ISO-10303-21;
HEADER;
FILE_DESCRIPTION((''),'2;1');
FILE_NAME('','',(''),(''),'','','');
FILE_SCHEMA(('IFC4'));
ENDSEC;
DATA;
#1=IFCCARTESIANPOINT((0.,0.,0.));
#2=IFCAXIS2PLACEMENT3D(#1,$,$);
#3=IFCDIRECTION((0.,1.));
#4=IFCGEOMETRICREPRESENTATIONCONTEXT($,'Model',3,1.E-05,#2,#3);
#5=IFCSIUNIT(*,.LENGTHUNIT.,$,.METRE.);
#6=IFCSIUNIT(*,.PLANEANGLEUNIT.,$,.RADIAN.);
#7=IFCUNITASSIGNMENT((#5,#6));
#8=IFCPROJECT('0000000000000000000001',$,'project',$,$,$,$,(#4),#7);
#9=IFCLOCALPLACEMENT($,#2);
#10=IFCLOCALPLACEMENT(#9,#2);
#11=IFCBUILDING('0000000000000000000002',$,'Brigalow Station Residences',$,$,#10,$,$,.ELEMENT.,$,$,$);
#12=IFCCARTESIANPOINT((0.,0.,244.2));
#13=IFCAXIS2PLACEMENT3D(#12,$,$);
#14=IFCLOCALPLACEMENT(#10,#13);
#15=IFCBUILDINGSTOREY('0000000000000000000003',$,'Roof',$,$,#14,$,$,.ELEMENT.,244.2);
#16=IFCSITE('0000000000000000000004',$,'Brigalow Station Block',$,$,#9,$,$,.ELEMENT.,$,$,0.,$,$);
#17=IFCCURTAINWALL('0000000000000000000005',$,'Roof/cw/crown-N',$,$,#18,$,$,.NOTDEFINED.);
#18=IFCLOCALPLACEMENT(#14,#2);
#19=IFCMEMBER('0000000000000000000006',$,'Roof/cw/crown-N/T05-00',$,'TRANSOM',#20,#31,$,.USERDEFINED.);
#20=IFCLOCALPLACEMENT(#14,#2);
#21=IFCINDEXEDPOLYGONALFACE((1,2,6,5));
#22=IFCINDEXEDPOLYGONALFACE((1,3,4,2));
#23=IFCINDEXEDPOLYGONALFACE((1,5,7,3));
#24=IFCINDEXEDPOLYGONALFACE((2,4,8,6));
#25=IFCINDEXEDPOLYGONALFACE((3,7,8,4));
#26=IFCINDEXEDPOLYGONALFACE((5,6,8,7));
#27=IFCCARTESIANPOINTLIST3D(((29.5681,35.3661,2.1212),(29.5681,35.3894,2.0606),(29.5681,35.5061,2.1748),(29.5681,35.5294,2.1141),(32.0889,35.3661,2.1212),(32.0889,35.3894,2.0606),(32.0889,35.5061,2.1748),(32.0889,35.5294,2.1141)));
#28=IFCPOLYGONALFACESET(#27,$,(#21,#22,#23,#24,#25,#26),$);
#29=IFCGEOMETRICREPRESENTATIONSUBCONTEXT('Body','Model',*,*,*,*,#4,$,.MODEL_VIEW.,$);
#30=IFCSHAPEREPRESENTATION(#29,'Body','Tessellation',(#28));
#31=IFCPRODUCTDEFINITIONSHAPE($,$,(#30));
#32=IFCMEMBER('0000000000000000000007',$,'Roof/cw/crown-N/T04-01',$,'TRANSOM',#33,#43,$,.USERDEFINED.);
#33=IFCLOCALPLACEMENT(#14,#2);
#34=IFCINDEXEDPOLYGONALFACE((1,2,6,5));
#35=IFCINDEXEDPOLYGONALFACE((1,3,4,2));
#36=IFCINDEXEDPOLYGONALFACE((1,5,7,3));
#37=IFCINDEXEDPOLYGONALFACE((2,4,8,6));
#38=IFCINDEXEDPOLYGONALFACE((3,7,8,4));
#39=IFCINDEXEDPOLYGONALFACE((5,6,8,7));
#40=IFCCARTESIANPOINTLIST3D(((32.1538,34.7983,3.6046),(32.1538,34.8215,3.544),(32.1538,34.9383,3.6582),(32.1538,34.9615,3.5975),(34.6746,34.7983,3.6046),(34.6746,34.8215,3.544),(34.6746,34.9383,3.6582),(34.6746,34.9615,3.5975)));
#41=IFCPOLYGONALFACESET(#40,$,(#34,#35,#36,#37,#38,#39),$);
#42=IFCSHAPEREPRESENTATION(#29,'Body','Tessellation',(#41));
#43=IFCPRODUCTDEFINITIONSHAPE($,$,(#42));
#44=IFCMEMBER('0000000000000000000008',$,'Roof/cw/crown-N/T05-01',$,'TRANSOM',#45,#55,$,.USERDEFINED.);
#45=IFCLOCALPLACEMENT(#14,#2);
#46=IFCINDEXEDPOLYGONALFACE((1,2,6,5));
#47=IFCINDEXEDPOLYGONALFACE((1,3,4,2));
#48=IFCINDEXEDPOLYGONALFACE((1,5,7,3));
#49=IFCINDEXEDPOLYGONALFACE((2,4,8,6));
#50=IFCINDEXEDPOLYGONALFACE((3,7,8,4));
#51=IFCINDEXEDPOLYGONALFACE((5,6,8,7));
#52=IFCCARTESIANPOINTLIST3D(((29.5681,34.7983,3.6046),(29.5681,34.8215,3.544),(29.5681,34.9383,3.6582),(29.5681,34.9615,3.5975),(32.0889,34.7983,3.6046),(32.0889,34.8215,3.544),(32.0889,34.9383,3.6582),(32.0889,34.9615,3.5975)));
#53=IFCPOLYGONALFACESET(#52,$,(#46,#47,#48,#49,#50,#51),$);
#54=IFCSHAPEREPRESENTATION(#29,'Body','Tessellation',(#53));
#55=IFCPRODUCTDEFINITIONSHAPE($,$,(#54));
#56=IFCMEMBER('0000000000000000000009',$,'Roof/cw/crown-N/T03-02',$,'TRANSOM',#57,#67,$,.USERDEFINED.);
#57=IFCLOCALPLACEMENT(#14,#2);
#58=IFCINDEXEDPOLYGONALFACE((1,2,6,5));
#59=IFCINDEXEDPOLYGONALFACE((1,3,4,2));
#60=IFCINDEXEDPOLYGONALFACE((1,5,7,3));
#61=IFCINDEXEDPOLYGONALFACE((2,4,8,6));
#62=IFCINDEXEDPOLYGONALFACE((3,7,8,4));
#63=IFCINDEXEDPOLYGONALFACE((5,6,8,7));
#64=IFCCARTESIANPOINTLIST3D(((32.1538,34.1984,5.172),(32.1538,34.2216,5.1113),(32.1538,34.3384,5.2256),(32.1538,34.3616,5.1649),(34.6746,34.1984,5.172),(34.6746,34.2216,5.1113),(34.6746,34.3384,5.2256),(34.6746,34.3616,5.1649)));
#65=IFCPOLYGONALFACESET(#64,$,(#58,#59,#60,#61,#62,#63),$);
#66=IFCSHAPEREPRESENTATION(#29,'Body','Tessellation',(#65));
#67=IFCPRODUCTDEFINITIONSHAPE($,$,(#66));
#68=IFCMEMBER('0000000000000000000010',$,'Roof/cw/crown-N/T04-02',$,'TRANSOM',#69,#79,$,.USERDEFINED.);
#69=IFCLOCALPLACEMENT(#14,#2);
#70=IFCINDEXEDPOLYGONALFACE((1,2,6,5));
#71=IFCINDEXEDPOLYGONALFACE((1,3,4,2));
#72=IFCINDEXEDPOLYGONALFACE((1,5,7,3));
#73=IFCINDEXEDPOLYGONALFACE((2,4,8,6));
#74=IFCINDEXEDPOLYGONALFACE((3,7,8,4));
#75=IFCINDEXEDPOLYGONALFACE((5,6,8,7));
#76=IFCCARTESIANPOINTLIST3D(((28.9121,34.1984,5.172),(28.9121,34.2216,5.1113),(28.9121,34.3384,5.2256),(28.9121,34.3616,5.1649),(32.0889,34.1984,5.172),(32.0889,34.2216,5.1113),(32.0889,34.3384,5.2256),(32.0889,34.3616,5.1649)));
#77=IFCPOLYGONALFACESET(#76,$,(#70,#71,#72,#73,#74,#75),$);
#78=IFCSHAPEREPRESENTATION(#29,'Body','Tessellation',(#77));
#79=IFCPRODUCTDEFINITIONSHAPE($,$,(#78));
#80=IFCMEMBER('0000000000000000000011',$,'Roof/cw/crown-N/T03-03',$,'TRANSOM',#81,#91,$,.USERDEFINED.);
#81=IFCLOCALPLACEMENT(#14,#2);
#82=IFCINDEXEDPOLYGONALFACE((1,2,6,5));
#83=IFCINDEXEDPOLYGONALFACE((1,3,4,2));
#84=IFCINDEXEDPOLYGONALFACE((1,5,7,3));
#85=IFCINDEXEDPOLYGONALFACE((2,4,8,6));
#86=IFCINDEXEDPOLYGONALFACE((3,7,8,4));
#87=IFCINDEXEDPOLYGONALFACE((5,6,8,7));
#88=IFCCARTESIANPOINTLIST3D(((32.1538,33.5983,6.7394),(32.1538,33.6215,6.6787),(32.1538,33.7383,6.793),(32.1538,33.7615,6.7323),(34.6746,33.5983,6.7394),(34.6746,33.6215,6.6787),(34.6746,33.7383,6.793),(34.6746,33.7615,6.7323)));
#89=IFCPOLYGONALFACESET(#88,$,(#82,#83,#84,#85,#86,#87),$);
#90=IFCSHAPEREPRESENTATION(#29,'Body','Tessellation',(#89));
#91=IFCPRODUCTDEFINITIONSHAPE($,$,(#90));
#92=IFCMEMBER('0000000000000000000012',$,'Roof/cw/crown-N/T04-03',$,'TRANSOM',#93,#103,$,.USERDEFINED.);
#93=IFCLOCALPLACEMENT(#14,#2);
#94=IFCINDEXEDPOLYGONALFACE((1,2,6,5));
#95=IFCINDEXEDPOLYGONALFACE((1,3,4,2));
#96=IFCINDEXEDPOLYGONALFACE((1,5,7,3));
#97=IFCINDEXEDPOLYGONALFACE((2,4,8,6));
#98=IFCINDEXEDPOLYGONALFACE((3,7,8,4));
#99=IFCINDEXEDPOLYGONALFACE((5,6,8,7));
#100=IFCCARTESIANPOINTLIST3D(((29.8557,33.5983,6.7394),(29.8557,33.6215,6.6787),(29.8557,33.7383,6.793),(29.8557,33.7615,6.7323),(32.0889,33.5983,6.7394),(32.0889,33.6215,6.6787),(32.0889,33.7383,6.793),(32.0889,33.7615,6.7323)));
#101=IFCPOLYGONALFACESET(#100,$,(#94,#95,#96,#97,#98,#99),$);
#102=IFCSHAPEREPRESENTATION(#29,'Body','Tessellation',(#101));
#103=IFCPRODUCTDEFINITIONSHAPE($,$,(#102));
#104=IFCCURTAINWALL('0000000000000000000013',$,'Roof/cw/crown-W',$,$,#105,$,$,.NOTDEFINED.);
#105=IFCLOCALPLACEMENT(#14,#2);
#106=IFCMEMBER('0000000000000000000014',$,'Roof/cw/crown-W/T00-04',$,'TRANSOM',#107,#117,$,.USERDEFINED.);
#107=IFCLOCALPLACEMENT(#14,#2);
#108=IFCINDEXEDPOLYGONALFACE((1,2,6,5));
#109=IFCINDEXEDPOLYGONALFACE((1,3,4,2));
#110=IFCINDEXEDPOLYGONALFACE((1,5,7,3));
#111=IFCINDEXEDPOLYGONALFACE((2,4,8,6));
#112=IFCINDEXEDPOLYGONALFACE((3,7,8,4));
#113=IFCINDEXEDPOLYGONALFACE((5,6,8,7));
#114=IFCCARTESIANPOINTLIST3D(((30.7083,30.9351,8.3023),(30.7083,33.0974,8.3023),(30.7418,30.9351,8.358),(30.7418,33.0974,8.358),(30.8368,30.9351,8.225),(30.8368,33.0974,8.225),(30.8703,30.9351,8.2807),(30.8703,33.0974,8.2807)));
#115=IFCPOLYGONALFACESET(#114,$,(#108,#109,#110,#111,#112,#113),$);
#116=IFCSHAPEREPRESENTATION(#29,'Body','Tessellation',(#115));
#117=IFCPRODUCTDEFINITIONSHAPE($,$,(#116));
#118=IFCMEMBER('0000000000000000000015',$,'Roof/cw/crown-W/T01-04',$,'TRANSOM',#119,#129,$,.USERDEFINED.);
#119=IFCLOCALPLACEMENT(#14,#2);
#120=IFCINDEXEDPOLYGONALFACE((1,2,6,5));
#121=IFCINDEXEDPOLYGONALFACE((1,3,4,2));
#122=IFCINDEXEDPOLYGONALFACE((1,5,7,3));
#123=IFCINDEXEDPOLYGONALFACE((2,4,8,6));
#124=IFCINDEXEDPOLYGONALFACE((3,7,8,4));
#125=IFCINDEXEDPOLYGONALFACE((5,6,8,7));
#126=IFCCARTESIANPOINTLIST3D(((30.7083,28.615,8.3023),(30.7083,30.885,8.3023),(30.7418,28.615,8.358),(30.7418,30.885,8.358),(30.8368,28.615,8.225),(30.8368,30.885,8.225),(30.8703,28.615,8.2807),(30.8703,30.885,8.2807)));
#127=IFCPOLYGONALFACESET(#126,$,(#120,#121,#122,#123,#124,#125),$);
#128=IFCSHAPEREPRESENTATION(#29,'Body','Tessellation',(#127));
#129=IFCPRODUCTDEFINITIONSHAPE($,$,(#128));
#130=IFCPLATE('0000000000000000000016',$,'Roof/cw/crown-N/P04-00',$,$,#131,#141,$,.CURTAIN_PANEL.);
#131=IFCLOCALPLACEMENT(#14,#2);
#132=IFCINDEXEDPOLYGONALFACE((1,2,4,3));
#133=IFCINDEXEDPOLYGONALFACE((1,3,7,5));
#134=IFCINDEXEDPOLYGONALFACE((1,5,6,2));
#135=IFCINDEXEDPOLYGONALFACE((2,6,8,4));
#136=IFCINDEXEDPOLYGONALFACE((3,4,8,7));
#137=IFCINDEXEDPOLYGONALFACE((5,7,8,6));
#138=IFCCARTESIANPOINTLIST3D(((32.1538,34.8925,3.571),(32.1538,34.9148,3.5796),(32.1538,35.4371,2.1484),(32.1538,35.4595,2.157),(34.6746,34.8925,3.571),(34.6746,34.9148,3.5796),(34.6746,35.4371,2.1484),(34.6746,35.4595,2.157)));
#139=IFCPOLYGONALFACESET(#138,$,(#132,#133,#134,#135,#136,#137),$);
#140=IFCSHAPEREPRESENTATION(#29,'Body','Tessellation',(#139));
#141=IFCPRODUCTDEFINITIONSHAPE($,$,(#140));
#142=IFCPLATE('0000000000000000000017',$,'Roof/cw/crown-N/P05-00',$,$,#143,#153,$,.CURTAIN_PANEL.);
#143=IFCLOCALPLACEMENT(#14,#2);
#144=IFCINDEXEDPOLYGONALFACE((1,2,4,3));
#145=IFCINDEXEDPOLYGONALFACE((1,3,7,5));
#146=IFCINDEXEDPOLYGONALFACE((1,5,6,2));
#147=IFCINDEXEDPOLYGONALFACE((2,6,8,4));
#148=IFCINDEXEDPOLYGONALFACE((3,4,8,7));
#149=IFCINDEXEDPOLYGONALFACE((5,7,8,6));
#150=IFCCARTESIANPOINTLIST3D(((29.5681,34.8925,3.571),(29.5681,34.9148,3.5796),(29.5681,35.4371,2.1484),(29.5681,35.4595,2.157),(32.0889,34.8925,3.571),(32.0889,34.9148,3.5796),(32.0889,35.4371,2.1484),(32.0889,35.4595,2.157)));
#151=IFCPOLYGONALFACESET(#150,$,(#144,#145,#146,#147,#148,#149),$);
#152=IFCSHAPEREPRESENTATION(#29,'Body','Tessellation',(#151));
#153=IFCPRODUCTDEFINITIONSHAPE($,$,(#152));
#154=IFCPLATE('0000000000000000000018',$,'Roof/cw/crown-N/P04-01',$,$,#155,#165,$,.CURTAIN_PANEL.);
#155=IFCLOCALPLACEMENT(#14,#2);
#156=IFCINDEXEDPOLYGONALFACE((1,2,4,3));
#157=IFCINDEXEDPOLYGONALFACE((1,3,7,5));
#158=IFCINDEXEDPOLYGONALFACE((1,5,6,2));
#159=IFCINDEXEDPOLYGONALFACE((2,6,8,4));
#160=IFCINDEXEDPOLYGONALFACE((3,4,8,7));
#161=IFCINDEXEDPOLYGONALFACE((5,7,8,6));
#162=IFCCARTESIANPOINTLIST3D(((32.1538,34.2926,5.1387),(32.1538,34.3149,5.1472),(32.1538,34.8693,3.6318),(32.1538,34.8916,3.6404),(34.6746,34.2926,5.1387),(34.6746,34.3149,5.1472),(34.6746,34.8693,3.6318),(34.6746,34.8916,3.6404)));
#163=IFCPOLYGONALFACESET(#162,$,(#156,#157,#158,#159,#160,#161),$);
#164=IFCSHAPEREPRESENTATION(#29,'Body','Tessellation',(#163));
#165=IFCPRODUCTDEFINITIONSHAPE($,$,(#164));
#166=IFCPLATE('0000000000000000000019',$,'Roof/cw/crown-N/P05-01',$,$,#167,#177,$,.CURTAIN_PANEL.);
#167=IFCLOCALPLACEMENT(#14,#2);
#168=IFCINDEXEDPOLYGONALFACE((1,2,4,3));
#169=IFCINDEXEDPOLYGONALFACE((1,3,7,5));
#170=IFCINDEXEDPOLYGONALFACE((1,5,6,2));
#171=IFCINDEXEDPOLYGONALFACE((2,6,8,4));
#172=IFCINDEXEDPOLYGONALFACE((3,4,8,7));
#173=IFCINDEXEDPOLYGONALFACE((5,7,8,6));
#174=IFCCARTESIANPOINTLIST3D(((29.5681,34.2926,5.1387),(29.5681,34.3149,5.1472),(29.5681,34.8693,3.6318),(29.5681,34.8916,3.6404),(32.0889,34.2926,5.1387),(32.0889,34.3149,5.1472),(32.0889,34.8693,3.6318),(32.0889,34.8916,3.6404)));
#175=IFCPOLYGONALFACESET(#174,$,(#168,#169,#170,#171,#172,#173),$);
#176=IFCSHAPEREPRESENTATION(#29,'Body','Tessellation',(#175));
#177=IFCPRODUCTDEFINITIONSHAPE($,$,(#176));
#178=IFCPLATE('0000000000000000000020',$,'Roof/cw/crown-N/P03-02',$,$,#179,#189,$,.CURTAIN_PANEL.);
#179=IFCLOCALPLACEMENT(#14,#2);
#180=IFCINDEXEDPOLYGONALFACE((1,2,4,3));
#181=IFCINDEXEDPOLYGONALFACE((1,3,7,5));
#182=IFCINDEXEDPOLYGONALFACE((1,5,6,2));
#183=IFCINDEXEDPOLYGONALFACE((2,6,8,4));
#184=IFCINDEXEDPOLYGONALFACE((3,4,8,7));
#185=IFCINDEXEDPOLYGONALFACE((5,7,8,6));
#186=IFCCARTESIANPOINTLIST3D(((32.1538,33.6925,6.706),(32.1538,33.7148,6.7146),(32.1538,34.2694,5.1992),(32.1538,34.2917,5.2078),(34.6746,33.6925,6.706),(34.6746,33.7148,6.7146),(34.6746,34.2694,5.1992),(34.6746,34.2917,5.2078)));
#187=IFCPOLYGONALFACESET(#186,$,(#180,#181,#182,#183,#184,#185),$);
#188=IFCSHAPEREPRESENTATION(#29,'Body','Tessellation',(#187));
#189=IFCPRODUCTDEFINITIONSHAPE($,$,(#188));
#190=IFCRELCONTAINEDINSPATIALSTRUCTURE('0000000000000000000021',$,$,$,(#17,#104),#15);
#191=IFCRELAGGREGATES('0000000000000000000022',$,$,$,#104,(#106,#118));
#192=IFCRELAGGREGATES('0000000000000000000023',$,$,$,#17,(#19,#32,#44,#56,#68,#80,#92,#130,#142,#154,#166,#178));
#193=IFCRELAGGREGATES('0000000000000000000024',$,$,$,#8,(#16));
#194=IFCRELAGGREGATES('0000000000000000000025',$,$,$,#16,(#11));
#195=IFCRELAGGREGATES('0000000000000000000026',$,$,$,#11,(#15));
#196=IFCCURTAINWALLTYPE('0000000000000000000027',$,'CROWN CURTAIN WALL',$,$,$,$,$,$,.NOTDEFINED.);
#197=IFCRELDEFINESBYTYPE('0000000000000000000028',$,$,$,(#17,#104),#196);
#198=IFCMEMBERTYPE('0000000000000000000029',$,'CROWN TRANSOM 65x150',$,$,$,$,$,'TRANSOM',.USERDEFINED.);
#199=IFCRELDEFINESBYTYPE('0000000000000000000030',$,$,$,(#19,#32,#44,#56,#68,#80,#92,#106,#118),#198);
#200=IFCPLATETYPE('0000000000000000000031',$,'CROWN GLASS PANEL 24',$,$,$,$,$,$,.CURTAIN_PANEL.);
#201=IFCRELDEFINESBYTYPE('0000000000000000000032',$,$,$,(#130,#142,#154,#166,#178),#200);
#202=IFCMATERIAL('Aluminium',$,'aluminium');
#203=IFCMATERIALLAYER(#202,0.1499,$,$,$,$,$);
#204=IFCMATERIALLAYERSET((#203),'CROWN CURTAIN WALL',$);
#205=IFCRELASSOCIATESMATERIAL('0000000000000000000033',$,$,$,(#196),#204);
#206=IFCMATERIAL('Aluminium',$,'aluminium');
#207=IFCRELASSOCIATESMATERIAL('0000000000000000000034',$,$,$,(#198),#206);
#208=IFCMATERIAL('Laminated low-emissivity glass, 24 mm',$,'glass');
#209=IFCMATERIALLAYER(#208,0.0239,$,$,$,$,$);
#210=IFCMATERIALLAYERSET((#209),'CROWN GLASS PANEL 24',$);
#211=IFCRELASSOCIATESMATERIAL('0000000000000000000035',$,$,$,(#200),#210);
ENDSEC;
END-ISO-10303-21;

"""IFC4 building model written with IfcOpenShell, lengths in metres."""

from ifc_helpers import new_model, si_unit, direction, frame, origin, origin_2d, place, context, subcontext, project, spatial, polyline, rectangle, outline, extrude, material, layer, layer_set, material_profile, profile_set, type_object, element, aggregate, save


model = new_model("IFC4")

# Units and contexts
model_context = context("Model", 3, precision=1e-05, world=origin(), true_north=direction((0.0, 1.0)))
body_context = subcontext(model_context, "Body", "Model", "MODEL_VIEW")
ifc_project = project(units=[si_unit("LENGTHUNIT", "METRE"), si_unit("PLANEANGLEUNIT", "RADIAN")], contexts=[model_context])

# Site, building, storey
site_placement = place(None, origin())
site = spatial("IfcSite", under=ifc_project, at=site_placement, Name="Brigalow Station Block", CompositionType="ELEMENT", RefElevation=0.0)
building_placement = place(site_placement, origin())
building = spatial("IfcBuilding", under=site, at=building_placement, Name="Brigalow Station Residences", CompositionType="ELEMENT")
storey_placement = place(building_placement, frame((0.0, 0.0, 244.2)))
storey = spatial("IfcBuildingStorey", under=building, at=storey_placement, Name="Roof", CompositionType="ELEMENT", Elevation=244.2)

# Curtain walls, members
ifc_material_1 = material(Name="Aluminium", Category="aluminium")
ifc_layer_1 = layer(ifc_material_1, 0.1499)
ifc_layer_set_1 = layer_set([ifc_layer_1], Name="CROWN CURTAIN WALL")
curtain_wall_type = type_object("IfcCurtainWallType", Name="CROWN CURTAIN WALL", PredefinedType="NOTDEFINED", material=ifc_layer_set_1)
curtain_wall_1_placement = place(storey_placement, origin())
curtain_wall_1 = element("IfcCurtainWall", 1, at=curtain_wall_1_placement, inside=storey, type_object=curtain_wall_type, Name="Roof/cw/crown-N", PredefinedType="NOTDEFINED")
ifc_material_2 = material(Name="Aluminium", Category="aluminium")
ifc_material_profile_1 = material_profile(ifc_material_2, rectangle(XDim=0.0649, YDim=0.1499, at=origin_2d()), Name="CROWN TRANSOM 65x150")
ifc_profile_set_1 = profile_set([ifc_material_profile_1], Name="Aluminium")
member_type_1 = type_object("IfcMemberType", Name="CROWN TRANSOM 65x150", ElementType="TRANSOM", PredefinedType="USERDEFINED", material=ifc_profile_set_1)
member_1_placement = place(storey_placement, frame((32.0889, 35.4478, 2.1177), z_axis=(-1.0, 0.0, 0.0), x_axis=(0.0, -0.357491, 0.933917)))
member_1 = element("IfcMember", 2, at=member_1_placement, type_object=member_type_1, Name="Roof/cw/crown-N/T05-00", ObjectType="TRANSOM", PredefinedType="USERDEFINED", context=body_context, shape_type="SweptSolid", body=[
    extrude(rectangle(XDim=0.0649, YDim=0.1499, at=origin_2d()), origin(), (0.0, 0.0, 1.0), 2.5208),
])
member_2_placement = place(storey_placement, frame((34.6746, 34.8799, 3.6011), z_axis=(-1.0, 0.0, 0.0), x_axis=(0.0, -0.357491, 0.933917)))
member_2 = element("IfcMember", 3, at=member_2_placement, type_object=member_type_1, Name="Roof/cw/crown-N/T04-01", ObjectType="TRANSOM", PredefinedType="USERDEFINED", context=body_context, shape_type="SweptSolid", body=[
    extrude(rectangle(XDim=0.0649, YDim=0.1499, at=origin_2d()), origin(), (0.0, 0.0, 1.0), 2.5208),
])
member_3_placement = place(storey_placement, frame((32.0889, 34.8799, 3.6011), z_axis=(-1.0, 0.0, 0.0), x_axis=(0.0, -0.357491, 0.933917)))
member_3 = element("IfcMember", 4, at=member_3_placement, type_object=member_type_1, Name="Roof/cw/crown-N/T05-01", ObjectType="TRANSOM", PredefinedType="USERDEFINED", context=body_context, shape_type="SweptSolid", body=[
    extrude(rectangle(XDim=0.0649, YDim=0.1499, at=origin_2d()), origin(), (0.0, 0.0, 1.0), 2.5208),
])
member_4_placement = place(storey_placement, frame((34.6746, 34.28, 5.1685), z_axis=(-1.0, 0.0, 0.0), x_axis=(0.0, -0.357491, 0.933917)))
member_4 = element("IfcMember", 5, at=member_4_placement, type_object=member_type_1, Name="Roof/cw/crown-N/T03-02", ObjectType="TRANSOM", PredefinedType="USERDEFINED", context=body_context, shape_type="SweptSolid", body=[
    extrude(rectangle(XDim=0.0649, YDim=0.1499, at=origin_2d()), origin(), (0.0, 0.0, 1.0), 2.5208),
])
member_5_placement = place(storey_placement, frame((32.0889, 34.28, 5.1685), z_axis=(-1.0, 0.0, 0.0), x_axis=(0.0, -0.357491, 0.933917)))
member_5 = element("IfcMember", 6, at=member_5_placement, type_object=member_type_1, Name="Roof/cw/crown-N/T04-02", ObjectType="TRANSOM", PredefinedType="USERDEFINED", context=body_context, shape_type="SweptSolid", body=[
    extrude(rectangle(XDim=0.0649, YDim=0.1499, at=origin_2d()), origin(), (0.0, 0.0, 1.0), 3.1768),
])
member_6_placement = place(storey_placement, frame((34.6746, 33.6799, 6.7358), z_axis=(-1.0, 0.0, 0.0), x_axis=(0.0, -0.357491, 0.933917)))
member_6 = element("IfcMember", 7, at=member_6_placement, type_object=member_type_1, Name="Roof/cw/crown-N/T03-03", ObjectType="TRANSOM", PredefinedType="USERDEFINED", context=body_context, shape_type="SweptSolid", body=[
    extrude(rectangle(XDim=0.0649, YDim=0.1499, at=origin_2d()), origin(), (0.0, 0.0, 1.0), 2.5208),
])
member_7_placement = place(storey_placement, frame((32.0889, 33.6799, 6.7358), z_axis=(-1.0, 0.0, 0.0), x_axis=(0.0, -0.357491, 0.933917)))
member_7 = element("IfcMember", 8, at=member_7_placement, type_object=member_type_1, Name="Roof/cw/crown-N/T04-03", ObjectType="TRANSOM", PredefinedType="USERDEFINED", context=body_context, shape_type="SweptSolid", body=[
    extrude(rectangle(XDim=0.0649, YDim=0.1499, at=origin_2d()), origin(), (0.0, 0.0, 1.0), 2.2332),
])
curtain_wall_2_placement = place(storey_placement, origin())
curtain_wall_2 = element("IfcCurtainWall", 9, at=curtain_wall_2_placement, inside=storey, type_object=curtain_wall_type, Name="Roof/cw/crown-W", PredefinedType="NOTDEFINED")
member_8_placement = place(storey_placement, frame((30.7893, 33.0974, 8.2915), z_axis=(0.0, -1.0, 0.0), x_axis=(0.515813, 0.0, 0.856701)))
member_8 = element("IfcMember", 10, at=member_8_placement, type_object=member_type_1, Name="Roof/cw/crown-W/T00-04", ObjectType="TRANSOM", PredefinedType="USERDEFINED", context=body_context, shape_type="SweptSolid", body=[
    extrude(rectangle(XDim=0.0649, YDim=0.1499, at=origin_2d()), origin(), (0.0, 0.0, 1.0), 2.1624),
])
member_9_placement = place(storey_placement, frame((30.7893, 30.885, 8.2915), z_axis=(0.0, -1.0, 0.0), x_axis=(0.515813, 0.0, 0.856701)))
member_9 = element("IfcMember", 11, at=member_9_placement, type_object=member_type_1, Name="Roof/cw/crown-W/T01-04", ObjectType="TRANSOM", PredefinedType="USERDEFINED", context=body_context, shape_type="SweptSolid", body=[
    extrude(rectangle(XDim=0.0649, YDim=0.1499, at=origin_2d()), origin(), (0.0, 0.0, 1.0), 2.27),
])
aggregate(curtain_wall_2, [member_8, member_9])

# Plates
ifc_material_3 = material(Name="Laminated low-emissivity glass, 24 mm", Category="glass")
ifc_layer_2 = layer(ifc_material_3, 0.0239)
ifc_layer_set_2 = layer_set([ifc_layer_2], Name="CROWN GLASS PANEL 24")
plate_type = type_object("IfcPlateType", Name="CROWN GLASS PANEL 24", PredefinedType="CURTAIN_PANEL", material=ifc_layer_set_2)
plate_1_placement = place(storey_placement, frame((34.6746, 35.4595, 2.157), z_axis=(0.0, 0.93389, 0.357561), x_axis=(-1.0, 0.0, 0.0)))
plate_1 = element("IfcPlate", 12, at=plate_1_placement, type_object=plate_type, Name="Roof/cw/crown-N/P04-00", PredefinedType="CURTAIN_PANEL", context=body_context, shape_type="SweptSolid", body=[
    extrude(outline(polyline([(0.0, 0.0), (2.5208, 0.0), (2.5208, 1.5233), (0.0, 1.5233), (0.0, 0.0)])), origin(), (0.0, 0.0, -1.0), 0.0239),
])
plate_2_placement = place(storey_placement, frame((32.0889, 35.4595, 2.157), z_axis=(0.0, 0.93389, 0.357561), x_axis=(-1.0, 0.0, 0.0)))
plate_2 = element("IfcPlate", 13, at=plate_2_placement, type_object=plate_type, Name="Roof/cw/crown-N/P05-00", PredefinedType="CURTAIN_PANEL", context=body_context, shape_type="SweptSolid", body=[
    extrude(outline(polyline([(0.0, 0.0), (2.5208, 0.0), (2.5208, 1.5233), (0.0, 1.5233), (0.0, 0.0)])), origin(), (0.0, 0.0, -1.0), 0.0239),
])
plate_3_placement = place(storey_placement, frame((34.6746, 34.8916, 3.6404), z_axis=(0.0, 0.933945, 0.357417), x_axis=(-1.0, 0.0, 0.0)))
plate_3 = element("IfcPlate", 14, at=plate_3_placement, type_object=plate_type, Name="Roof/cw/crown-N/P04-01", PredefinedType="CURTAIN_PANEL", context=body_context, shape_type="SweptSolid", body=[
    extrude(outline(polyline([(0.0, 0.0), (2.5208, 0.0), (2.5208, 1.6134), (0.0, 1.6134), (0.0, 0.0)])), origin(), (0.0, 0.0, -1.0), 0.0239),
])
plate_4_placement = place(storey_placement, frame((32.0889, 34.8916, 3.6404), z_axis=(0.0, 0.933945, 0.357417), x_axis=(-1.0, 0.0, 0.0)))
plate_4 = element("IfcPlate", 15, at=plate_4_placement, type_object=plate_type, Name="Roof/cw/crown-N/P05-01", PredefinedType="CURTAIN_PANEL", context=body_context, shape_type="SweptSolid", body=[
    extrude(outline(polyline([(0.0, 0.0), (2.5208, 0.0), (2.5208, 1.6134), (0.0, 1.6134), (0.0, 0.0)])), origin(), (0.0, 0.0, -1.0), 0.0239),
])
plate_5_placement = place(storey_placement, frame((34.6746, 34.2917, 5.2078), z_axis=(0.0, 0.933894, 0.357549), x_axis=(-1.0, 0.0, 0.0)))
plate_5 = element("IfcPlate", 16, at=plate_5_placement, type_object=plate_type, Name="Roof/cw/crown-N/P03-02", PredefinedType="CURTAIN_PANEL", context=body_context, shape_type="SweptSolid", body=[
    extrude(outline(polyline([(0.0, 0.0), (2.5208, 0.0), (2.5208, 1.6135), (0.0, 1.6135), (0.0, 0.0)])), origin(), (0.0, 0.0, -1.0), 0.0239),
])
aggregate(curtain_wall_1, [member_1, member_2, member_3, member_4, member_5, member_6, member_7, plate_1, plate_2, plate_3, plate_4, plate_5])

save(model, "model.ifc")
